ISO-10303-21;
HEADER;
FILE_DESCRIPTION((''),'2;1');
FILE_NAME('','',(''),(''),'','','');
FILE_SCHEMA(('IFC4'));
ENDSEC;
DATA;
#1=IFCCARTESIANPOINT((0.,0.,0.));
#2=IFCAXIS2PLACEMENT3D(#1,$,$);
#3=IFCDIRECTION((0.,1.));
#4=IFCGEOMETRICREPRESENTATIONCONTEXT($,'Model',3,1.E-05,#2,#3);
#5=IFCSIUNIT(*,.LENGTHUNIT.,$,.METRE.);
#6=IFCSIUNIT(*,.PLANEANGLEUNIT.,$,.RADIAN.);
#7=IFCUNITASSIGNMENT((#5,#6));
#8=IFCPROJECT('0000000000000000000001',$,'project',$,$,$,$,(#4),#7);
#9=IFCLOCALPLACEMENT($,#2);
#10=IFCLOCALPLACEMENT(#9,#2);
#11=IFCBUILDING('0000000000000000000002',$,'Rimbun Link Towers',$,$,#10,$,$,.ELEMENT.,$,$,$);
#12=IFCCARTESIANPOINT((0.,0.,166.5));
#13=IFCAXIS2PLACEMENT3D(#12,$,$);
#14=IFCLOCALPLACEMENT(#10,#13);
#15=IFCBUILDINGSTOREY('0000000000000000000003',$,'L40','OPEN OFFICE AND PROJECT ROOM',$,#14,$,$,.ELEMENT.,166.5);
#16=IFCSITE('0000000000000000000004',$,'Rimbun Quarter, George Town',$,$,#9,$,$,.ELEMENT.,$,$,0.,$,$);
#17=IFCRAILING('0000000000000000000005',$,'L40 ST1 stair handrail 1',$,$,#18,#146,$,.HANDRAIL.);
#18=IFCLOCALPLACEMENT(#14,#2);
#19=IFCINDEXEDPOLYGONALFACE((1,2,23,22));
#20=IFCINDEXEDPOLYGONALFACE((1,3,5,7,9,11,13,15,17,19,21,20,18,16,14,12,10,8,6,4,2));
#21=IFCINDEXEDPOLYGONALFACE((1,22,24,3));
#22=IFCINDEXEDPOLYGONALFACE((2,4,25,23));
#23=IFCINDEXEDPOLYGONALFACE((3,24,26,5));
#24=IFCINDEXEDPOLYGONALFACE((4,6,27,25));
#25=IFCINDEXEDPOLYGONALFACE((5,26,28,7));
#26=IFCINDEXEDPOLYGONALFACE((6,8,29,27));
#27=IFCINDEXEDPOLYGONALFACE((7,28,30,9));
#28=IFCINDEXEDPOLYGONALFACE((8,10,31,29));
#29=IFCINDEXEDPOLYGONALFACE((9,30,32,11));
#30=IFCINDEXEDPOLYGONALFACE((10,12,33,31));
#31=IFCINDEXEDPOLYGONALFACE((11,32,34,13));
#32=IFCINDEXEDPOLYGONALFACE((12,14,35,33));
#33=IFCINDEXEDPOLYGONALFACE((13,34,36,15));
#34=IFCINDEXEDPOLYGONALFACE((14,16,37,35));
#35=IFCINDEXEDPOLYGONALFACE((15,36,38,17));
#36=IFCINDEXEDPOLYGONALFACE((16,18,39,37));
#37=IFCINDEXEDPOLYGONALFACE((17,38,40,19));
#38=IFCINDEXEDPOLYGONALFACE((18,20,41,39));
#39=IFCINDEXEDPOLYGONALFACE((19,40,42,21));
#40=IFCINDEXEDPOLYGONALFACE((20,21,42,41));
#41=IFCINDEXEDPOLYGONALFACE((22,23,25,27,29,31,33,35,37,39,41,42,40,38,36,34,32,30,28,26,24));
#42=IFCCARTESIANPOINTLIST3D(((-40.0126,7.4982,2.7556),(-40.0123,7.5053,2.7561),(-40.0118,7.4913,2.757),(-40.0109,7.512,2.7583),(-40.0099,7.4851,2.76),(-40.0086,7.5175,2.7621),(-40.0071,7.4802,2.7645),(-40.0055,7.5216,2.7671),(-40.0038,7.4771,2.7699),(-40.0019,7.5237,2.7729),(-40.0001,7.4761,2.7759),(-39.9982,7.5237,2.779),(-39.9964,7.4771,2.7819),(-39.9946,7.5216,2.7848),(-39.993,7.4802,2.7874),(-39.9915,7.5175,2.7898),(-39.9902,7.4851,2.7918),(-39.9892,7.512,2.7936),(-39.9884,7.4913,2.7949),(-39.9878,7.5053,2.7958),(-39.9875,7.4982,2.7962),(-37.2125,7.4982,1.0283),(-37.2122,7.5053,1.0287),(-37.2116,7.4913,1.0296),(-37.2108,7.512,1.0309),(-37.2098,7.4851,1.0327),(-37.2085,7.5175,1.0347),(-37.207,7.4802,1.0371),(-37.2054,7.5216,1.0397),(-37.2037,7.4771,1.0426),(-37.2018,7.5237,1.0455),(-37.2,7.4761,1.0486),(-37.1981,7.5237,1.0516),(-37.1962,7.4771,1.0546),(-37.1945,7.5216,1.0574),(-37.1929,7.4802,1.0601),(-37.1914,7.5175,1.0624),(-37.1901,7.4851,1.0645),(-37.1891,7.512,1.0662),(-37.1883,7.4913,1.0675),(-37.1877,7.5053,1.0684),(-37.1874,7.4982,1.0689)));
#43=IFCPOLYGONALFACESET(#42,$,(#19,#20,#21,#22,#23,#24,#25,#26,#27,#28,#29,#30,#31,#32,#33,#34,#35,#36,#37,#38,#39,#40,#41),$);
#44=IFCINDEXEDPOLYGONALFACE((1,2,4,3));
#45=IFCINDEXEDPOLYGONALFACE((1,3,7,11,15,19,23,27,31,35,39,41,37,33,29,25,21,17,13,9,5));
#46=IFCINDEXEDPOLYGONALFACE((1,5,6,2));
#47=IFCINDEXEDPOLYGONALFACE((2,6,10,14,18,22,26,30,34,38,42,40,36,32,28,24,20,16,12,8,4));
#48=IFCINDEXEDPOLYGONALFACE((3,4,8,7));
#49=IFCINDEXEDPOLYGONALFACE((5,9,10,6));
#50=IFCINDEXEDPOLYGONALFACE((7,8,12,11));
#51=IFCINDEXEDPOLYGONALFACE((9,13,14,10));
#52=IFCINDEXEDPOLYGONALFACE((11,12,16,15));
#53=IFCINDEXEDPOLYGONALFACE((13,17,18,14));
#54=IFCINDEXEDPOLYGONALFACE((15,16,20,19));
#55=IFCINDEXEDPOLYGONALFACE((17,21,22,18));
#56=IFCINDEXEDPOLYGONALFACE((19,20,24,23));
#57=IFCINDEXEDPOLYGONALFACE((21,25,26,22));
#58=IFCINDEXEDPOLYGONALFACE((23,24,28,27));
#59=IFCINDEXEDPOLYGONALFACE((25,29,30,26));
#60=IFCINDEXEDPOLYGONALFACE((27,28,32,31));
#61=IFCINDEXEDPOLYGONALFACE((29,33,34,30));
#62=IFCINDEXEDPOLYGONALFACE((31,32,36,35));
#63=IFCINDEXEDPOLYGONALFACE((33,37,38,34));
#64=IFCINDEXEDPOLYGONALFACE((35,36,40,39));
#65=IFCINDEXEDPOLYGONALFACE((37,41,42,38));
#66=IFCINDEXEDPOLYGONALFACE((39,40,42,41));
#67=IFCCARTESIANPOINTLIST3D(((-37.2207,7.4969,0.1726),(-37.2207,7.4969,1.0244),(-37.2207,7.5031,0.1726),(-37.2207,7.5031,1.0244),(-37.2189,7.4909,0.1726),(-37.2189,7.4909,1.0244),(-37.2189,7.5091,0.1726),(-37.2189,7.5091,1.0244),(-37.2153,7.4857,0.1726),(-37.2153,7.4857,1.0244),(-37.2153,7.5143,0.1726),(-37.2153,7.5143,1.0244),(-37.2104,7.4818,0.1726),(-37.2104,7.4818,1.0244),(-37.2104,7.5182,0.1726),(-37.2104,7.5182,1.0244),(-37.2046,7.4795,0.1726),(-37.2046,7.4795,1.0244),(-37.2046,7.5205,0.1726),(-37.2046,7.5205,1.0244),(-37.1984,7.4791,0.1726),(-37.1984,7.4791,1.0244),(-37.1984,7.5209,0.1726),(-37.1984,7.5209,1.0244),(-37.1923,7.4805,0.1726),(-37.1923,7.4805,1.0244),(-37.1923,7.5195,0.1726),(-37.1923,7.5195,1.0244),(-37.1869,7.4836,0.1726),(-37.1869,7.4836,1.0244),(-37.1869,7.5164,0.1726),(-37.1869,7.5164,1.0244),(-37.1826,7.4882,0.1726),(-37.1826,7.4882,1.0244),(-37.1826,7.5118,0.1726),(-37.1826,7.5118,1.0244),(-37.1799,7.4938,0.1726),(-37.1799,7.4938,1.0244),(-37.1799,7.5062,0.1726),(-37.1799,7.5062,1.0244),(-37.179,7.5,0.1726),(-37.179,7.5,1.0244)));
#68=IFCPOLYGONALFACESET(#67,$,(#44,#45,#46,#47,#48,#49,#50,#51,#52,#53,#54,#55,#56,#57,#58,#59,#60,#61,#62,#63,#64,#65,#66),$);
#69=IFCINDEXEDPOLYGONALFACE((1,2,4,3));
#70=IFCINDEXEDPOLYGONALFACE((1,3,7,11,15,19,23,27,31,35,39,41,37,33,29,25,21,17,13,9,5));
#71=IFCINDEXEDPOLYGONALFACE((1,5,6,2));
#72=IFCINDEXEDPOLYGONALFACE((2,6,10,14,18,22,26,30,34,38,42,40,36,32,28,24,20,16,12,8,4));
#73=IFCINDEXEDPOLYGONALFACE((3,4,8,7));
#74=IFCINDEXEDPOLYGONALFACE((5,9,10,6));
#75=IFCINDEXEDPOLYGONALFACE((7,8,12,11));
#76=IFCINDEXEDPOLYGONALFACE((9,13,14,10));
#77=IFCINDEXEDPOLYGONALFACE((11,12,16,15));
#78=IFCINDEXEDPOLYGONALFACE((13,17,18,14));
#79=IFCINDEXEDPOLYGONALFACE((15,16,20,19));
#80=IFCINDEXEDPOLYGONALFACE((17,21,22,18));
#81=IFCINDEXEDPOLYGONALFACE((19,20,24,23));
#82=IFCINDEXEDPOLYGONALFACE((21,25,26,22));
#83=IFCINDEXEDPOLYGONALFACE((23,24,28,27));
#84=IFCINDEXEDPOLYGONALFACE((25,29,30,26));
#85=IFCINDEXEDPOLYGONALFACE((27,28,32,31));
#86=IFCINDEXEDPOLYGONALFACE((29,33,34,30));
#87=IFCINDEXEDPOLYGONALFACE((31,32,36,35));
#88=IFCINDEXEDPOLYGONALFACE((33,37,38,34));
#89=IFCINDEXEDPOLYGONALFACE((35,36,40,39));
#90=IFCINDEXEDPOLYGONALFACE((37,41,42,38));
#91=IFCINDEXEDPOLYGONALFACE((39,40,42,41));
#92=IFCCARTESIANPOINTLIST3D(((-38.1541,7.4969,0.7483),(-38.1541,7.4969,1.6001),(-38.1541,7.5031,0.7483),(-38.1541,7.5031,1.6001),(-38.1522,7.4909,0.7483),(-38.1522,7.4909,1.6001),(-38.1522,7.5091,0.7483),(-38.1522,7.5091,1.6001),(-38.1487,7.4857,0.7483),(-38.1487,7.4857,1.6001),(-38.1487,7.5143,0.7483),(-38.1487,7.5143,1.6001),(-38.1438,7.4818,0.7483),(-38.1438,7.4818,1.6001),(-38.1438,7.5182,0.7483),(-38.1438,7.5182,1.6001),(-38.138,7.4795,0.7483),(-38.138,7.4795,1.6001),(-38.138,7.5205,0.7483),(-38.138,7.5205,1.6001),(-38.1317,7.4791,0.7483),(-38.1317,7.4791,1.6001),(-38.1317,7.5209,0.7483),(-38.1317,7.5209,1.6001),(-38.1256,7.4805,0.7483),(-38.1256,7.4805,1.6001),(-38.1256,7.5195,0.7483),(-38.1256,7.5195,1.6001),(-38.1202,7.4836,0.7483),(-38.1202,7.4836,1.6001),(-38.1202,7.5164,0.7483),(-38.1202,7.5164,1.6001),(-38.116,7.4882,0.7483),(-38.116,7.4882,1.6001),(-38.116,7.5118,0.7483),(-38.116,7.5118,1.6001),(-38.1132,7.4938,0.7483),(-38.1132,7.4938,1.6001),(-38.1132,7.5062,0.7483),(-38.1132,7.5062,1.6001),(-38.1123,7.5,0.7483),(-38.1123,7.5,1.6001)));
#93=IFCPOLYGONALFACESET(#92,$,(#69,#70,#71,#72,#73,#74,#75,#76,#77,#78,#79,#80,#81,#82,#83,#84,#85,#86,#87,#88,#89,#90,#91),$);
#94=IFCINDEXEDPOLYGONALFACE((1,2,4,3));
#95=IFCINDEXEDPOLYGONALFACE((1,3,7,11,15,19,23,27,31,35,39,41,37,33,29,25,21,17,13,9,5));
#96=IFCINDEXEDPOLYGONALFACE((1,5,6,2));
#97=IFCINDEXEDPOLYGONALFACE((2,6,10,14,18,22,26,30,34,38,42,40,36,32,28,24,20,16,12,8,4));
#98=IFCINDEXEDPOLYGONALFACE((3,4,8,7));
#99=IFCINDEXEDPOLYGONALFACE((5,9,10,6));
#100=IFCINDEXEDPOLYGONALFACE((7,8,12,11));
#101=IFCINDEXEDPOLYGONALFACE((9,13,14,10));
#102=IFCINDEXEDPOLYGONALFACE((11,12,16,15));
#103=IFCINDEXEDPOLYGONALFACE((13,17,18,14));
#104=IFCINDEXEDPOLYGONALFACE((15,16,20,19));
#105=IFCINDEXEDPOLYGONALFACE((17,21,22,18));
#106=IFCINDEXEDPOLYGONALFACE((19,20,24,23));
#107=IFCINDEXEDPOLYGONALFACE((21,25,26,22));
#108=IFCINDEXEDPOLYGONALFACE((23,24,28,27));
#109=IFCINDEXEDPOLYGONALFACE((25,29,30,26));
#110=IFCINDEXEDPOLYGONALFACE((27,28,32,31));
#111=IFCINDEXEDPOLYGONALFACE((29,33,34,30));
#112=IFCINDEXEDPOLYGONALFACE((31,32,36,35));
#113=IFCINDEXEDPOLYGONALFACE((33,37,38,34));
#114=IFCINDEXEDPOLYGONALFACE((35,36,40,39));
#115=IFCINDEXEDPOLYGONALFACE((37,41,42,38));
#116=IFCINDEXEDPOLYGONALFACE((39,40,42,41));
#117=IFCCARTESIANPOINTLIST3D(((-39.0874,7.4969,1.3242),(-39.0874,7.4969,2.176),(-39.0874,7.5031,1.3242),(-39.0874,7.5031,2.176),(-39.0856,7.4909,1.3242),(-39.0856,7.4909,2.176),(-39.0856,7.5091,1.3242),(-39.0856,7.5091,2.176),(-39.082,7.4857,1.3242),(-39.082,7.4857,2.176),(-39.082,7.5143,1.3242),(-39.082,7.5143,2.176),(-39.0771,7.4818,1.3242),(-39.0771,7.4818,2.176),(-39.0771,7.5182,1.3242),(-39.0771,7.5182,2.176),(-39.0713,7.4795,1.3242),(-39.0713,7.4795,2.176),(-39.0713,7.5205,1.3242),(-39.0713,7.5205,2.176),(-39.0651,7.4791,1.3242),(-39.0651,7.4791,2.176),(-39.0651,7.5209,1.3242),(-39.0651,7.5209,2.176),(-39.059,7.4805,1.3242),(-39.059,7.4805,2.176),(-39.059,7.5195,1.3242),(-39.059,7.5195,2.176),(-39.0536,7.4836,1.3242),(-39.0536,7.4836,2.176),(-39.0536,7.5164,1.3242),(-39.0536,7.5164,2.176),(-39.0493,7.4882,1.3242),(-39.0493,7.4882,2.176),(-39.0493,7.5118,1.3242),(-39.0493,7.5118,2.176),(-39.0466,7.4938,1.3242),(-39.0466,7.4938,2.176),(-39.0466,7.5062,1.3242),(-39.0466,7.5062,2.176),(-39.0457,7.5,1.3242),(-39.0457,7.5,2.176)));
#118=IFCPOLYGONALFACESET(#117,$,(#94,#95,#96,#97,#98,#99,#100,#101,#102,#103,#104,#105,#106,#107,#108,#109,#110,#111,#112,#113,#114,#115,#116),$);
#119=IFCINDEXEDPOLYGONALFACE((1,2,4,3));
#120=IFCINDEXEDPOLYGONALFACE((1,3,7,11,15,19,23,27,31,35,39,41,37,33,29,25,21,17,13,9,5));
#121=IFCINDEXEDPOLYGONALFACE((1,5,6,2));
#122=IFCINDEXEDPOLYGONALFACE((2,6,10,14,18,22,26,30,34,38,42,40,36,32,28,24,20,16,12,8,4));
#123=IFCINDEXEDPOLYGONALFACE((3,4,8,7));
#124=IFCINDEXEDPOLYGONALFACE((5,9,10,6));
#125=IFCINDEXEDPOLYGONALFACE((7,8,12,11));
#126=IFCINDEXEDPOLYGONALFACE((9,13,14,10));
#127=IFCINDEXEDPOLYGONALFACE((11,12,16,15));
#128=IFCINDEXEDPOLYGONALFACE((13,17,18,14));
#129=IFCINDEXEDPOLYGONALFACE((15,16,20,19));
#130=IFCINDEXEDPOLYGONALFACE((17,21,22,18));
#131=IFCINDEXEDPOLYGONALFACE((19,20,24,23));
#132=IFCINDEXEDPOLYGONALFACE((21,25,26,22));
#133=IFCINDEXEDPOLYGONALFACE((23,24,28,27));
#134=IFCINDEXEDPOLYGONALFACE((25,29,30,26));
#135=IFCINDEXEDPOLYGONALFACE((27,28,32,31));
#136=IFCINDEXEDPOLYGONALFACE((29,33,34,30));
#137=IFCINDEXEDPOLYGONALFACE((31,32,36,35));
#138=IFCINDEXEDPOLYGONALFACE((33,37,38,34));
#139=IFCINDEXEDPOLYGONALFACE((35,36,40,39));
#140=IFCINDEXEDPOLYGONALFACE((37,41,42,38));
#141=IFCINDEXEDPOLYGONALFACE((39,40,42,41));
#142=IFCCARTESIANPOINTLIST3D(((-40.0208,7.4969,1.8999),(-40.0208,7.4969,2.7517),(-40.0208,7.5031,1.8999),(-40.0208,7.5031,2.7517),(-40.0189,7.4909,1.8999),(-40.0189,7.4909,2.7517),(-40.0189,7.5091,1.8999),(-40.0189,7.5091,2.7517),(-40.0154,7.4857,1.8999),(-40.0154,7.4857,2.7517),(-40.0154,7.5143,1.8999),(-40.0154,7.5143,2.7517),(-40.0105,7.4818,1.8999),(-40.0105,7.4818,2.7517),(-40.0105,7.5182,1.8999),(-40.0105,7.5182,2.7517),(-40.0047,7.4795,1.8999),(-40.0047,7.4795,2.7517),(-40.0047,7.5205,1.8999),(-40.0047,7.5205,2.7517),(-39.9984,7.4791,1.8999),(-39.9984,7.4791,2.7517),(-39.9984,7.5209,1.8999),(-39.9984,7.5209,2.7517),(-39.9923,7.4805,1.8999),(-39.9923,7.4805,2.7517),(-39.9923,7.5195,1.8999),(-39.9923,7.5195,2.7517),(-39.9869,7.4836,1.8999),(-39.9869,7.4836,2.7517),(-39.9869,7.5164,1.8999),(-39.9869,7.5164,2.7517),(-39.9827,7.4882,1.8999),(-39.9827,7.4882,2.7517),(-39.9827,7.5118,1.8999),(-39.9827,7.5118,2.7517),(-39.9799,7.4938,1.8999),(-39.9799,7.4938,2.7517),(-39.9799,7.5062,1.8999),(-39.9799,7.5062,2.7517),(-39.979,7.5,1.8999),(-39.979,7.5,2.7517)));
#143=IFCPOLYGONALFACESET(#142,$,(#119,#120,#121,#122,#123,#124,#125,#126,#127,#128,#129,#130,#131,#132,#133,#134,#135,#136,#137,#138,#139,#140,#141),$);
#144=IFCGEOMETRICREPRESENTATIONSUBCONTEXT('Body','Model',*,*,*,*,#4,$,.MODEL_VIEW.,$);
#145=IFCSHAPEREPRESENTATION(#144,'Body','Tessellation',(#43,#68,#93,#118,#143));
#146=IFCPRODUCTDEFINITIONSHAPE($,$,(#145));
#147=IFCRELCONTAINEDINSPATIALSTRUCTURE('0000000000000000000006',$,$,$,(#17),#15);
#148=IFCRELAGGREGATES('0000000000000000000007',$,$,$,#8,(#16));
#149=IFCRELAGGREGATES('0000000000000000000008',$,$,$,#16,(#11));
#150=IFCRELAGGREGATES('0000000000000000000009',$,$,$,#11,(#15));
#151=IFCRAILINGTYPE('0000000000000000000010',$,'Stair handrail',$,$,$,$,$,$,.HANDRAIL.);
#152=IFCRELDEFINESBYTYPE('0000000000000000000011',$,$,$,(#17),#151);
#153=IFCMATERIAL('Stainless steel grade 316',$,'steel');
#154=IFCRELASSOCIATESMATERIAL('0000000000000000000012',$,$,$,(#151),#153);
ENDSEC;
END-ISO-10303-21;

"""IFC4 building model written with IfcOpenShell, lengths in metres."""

from ifc_helpers import new_model, si_unit, direction, frame, origin, origin_2d, place, context, subcontext, project, spatial, circle, extrude, material, type_object, element, save


model = new_model("IFC4")

# Units and contexts
model_context = context("Model", 3, precision=1e-05, world=origin(), true_north=direction((0.0, 1.0)))
body_context = subcontext(model_context, "Body", "Model", "MODEL_VIEW")
ifc_project = project(units=[si_unit("LENGTHUNIT", "METRE"), si_unit("PLANEANGLEUNIT", "RADIAN")], contexts=[model_context])

# Site, building, storey
site_placement = place(None, origin())
site = spatial("IfcSite", under=ifc_project, at=site_placement, Name="Rimbun Quarter, George Town", CompositionType="ELEMENT", RefElevation=0.0)
building_placement = place(site_placement, origin())
building = spatial("IfcBuilding", under=site, at=building_placement, Name="Rimbun Link Towers", CompositionType="ELEMENT")
storey_placement = place(building_placement, frame((0.0, 0.0, 166.5)))
storey = spatial("IfcBuildingStorey", under=building, at=storey_placement, Name="L40", Description="OPEN OFFICE AND PROJECT ROOM", CompositionType="ELEMENT", Elevation=166.5)

# Railing
ifc_material_1 = material(Name="Stainless steel grade 316", Category="steel")
railing_type_1 = type_object("IfcRailingType", Name="Stair handrail", PredefinedType="HANDRAIL", material=ifc_material_1)
railing_1_placement = place(storey_placement, frame((-37.2, 7.5, 0.1726)))
element("IfcRailing", 1, at=railing_1_placement, inside=storey, type_object=railing_type_1, Name="L40 ST1 stair handrail 1", PredefinedType="HANDRAIL", context=body_context, shape_type="SweptSolid", body=[
    extrude(circle(Radius=0.0239, at=origin_2d()), frame((0.0, 0.0, 0.876), z_axis=(-0.85109, 0.0, 0.52502), x_axis=(0.0, -1.0, 0.0)), (0.0, 0.0, 1.0), 3.29),
    extrude(circle(Radius=0.021, at=origin_2d()), origin(), (0.0, 0.0, 1.0), 0.8518),
    extrude(circle(Radius=0.021, at=origin_2d()), frame((-0.9333, 0.0, 0.5757)), (0.0, 0.0, 1.0), 0.8518),
    extrude(circle(Radius=0.021, at=origin_2d()), frame((-1.8667, 0.0, 1.1516)), (0.0, 0.0, 1.0), 0.8518),
    extrude(circle(Radius=0.021, at=origin_2d()), frame((-2.8, 0.0, 1.7273)), (0.0, 0.0, 1.0), 0.8518),
])

save(model, "model.ifc")
